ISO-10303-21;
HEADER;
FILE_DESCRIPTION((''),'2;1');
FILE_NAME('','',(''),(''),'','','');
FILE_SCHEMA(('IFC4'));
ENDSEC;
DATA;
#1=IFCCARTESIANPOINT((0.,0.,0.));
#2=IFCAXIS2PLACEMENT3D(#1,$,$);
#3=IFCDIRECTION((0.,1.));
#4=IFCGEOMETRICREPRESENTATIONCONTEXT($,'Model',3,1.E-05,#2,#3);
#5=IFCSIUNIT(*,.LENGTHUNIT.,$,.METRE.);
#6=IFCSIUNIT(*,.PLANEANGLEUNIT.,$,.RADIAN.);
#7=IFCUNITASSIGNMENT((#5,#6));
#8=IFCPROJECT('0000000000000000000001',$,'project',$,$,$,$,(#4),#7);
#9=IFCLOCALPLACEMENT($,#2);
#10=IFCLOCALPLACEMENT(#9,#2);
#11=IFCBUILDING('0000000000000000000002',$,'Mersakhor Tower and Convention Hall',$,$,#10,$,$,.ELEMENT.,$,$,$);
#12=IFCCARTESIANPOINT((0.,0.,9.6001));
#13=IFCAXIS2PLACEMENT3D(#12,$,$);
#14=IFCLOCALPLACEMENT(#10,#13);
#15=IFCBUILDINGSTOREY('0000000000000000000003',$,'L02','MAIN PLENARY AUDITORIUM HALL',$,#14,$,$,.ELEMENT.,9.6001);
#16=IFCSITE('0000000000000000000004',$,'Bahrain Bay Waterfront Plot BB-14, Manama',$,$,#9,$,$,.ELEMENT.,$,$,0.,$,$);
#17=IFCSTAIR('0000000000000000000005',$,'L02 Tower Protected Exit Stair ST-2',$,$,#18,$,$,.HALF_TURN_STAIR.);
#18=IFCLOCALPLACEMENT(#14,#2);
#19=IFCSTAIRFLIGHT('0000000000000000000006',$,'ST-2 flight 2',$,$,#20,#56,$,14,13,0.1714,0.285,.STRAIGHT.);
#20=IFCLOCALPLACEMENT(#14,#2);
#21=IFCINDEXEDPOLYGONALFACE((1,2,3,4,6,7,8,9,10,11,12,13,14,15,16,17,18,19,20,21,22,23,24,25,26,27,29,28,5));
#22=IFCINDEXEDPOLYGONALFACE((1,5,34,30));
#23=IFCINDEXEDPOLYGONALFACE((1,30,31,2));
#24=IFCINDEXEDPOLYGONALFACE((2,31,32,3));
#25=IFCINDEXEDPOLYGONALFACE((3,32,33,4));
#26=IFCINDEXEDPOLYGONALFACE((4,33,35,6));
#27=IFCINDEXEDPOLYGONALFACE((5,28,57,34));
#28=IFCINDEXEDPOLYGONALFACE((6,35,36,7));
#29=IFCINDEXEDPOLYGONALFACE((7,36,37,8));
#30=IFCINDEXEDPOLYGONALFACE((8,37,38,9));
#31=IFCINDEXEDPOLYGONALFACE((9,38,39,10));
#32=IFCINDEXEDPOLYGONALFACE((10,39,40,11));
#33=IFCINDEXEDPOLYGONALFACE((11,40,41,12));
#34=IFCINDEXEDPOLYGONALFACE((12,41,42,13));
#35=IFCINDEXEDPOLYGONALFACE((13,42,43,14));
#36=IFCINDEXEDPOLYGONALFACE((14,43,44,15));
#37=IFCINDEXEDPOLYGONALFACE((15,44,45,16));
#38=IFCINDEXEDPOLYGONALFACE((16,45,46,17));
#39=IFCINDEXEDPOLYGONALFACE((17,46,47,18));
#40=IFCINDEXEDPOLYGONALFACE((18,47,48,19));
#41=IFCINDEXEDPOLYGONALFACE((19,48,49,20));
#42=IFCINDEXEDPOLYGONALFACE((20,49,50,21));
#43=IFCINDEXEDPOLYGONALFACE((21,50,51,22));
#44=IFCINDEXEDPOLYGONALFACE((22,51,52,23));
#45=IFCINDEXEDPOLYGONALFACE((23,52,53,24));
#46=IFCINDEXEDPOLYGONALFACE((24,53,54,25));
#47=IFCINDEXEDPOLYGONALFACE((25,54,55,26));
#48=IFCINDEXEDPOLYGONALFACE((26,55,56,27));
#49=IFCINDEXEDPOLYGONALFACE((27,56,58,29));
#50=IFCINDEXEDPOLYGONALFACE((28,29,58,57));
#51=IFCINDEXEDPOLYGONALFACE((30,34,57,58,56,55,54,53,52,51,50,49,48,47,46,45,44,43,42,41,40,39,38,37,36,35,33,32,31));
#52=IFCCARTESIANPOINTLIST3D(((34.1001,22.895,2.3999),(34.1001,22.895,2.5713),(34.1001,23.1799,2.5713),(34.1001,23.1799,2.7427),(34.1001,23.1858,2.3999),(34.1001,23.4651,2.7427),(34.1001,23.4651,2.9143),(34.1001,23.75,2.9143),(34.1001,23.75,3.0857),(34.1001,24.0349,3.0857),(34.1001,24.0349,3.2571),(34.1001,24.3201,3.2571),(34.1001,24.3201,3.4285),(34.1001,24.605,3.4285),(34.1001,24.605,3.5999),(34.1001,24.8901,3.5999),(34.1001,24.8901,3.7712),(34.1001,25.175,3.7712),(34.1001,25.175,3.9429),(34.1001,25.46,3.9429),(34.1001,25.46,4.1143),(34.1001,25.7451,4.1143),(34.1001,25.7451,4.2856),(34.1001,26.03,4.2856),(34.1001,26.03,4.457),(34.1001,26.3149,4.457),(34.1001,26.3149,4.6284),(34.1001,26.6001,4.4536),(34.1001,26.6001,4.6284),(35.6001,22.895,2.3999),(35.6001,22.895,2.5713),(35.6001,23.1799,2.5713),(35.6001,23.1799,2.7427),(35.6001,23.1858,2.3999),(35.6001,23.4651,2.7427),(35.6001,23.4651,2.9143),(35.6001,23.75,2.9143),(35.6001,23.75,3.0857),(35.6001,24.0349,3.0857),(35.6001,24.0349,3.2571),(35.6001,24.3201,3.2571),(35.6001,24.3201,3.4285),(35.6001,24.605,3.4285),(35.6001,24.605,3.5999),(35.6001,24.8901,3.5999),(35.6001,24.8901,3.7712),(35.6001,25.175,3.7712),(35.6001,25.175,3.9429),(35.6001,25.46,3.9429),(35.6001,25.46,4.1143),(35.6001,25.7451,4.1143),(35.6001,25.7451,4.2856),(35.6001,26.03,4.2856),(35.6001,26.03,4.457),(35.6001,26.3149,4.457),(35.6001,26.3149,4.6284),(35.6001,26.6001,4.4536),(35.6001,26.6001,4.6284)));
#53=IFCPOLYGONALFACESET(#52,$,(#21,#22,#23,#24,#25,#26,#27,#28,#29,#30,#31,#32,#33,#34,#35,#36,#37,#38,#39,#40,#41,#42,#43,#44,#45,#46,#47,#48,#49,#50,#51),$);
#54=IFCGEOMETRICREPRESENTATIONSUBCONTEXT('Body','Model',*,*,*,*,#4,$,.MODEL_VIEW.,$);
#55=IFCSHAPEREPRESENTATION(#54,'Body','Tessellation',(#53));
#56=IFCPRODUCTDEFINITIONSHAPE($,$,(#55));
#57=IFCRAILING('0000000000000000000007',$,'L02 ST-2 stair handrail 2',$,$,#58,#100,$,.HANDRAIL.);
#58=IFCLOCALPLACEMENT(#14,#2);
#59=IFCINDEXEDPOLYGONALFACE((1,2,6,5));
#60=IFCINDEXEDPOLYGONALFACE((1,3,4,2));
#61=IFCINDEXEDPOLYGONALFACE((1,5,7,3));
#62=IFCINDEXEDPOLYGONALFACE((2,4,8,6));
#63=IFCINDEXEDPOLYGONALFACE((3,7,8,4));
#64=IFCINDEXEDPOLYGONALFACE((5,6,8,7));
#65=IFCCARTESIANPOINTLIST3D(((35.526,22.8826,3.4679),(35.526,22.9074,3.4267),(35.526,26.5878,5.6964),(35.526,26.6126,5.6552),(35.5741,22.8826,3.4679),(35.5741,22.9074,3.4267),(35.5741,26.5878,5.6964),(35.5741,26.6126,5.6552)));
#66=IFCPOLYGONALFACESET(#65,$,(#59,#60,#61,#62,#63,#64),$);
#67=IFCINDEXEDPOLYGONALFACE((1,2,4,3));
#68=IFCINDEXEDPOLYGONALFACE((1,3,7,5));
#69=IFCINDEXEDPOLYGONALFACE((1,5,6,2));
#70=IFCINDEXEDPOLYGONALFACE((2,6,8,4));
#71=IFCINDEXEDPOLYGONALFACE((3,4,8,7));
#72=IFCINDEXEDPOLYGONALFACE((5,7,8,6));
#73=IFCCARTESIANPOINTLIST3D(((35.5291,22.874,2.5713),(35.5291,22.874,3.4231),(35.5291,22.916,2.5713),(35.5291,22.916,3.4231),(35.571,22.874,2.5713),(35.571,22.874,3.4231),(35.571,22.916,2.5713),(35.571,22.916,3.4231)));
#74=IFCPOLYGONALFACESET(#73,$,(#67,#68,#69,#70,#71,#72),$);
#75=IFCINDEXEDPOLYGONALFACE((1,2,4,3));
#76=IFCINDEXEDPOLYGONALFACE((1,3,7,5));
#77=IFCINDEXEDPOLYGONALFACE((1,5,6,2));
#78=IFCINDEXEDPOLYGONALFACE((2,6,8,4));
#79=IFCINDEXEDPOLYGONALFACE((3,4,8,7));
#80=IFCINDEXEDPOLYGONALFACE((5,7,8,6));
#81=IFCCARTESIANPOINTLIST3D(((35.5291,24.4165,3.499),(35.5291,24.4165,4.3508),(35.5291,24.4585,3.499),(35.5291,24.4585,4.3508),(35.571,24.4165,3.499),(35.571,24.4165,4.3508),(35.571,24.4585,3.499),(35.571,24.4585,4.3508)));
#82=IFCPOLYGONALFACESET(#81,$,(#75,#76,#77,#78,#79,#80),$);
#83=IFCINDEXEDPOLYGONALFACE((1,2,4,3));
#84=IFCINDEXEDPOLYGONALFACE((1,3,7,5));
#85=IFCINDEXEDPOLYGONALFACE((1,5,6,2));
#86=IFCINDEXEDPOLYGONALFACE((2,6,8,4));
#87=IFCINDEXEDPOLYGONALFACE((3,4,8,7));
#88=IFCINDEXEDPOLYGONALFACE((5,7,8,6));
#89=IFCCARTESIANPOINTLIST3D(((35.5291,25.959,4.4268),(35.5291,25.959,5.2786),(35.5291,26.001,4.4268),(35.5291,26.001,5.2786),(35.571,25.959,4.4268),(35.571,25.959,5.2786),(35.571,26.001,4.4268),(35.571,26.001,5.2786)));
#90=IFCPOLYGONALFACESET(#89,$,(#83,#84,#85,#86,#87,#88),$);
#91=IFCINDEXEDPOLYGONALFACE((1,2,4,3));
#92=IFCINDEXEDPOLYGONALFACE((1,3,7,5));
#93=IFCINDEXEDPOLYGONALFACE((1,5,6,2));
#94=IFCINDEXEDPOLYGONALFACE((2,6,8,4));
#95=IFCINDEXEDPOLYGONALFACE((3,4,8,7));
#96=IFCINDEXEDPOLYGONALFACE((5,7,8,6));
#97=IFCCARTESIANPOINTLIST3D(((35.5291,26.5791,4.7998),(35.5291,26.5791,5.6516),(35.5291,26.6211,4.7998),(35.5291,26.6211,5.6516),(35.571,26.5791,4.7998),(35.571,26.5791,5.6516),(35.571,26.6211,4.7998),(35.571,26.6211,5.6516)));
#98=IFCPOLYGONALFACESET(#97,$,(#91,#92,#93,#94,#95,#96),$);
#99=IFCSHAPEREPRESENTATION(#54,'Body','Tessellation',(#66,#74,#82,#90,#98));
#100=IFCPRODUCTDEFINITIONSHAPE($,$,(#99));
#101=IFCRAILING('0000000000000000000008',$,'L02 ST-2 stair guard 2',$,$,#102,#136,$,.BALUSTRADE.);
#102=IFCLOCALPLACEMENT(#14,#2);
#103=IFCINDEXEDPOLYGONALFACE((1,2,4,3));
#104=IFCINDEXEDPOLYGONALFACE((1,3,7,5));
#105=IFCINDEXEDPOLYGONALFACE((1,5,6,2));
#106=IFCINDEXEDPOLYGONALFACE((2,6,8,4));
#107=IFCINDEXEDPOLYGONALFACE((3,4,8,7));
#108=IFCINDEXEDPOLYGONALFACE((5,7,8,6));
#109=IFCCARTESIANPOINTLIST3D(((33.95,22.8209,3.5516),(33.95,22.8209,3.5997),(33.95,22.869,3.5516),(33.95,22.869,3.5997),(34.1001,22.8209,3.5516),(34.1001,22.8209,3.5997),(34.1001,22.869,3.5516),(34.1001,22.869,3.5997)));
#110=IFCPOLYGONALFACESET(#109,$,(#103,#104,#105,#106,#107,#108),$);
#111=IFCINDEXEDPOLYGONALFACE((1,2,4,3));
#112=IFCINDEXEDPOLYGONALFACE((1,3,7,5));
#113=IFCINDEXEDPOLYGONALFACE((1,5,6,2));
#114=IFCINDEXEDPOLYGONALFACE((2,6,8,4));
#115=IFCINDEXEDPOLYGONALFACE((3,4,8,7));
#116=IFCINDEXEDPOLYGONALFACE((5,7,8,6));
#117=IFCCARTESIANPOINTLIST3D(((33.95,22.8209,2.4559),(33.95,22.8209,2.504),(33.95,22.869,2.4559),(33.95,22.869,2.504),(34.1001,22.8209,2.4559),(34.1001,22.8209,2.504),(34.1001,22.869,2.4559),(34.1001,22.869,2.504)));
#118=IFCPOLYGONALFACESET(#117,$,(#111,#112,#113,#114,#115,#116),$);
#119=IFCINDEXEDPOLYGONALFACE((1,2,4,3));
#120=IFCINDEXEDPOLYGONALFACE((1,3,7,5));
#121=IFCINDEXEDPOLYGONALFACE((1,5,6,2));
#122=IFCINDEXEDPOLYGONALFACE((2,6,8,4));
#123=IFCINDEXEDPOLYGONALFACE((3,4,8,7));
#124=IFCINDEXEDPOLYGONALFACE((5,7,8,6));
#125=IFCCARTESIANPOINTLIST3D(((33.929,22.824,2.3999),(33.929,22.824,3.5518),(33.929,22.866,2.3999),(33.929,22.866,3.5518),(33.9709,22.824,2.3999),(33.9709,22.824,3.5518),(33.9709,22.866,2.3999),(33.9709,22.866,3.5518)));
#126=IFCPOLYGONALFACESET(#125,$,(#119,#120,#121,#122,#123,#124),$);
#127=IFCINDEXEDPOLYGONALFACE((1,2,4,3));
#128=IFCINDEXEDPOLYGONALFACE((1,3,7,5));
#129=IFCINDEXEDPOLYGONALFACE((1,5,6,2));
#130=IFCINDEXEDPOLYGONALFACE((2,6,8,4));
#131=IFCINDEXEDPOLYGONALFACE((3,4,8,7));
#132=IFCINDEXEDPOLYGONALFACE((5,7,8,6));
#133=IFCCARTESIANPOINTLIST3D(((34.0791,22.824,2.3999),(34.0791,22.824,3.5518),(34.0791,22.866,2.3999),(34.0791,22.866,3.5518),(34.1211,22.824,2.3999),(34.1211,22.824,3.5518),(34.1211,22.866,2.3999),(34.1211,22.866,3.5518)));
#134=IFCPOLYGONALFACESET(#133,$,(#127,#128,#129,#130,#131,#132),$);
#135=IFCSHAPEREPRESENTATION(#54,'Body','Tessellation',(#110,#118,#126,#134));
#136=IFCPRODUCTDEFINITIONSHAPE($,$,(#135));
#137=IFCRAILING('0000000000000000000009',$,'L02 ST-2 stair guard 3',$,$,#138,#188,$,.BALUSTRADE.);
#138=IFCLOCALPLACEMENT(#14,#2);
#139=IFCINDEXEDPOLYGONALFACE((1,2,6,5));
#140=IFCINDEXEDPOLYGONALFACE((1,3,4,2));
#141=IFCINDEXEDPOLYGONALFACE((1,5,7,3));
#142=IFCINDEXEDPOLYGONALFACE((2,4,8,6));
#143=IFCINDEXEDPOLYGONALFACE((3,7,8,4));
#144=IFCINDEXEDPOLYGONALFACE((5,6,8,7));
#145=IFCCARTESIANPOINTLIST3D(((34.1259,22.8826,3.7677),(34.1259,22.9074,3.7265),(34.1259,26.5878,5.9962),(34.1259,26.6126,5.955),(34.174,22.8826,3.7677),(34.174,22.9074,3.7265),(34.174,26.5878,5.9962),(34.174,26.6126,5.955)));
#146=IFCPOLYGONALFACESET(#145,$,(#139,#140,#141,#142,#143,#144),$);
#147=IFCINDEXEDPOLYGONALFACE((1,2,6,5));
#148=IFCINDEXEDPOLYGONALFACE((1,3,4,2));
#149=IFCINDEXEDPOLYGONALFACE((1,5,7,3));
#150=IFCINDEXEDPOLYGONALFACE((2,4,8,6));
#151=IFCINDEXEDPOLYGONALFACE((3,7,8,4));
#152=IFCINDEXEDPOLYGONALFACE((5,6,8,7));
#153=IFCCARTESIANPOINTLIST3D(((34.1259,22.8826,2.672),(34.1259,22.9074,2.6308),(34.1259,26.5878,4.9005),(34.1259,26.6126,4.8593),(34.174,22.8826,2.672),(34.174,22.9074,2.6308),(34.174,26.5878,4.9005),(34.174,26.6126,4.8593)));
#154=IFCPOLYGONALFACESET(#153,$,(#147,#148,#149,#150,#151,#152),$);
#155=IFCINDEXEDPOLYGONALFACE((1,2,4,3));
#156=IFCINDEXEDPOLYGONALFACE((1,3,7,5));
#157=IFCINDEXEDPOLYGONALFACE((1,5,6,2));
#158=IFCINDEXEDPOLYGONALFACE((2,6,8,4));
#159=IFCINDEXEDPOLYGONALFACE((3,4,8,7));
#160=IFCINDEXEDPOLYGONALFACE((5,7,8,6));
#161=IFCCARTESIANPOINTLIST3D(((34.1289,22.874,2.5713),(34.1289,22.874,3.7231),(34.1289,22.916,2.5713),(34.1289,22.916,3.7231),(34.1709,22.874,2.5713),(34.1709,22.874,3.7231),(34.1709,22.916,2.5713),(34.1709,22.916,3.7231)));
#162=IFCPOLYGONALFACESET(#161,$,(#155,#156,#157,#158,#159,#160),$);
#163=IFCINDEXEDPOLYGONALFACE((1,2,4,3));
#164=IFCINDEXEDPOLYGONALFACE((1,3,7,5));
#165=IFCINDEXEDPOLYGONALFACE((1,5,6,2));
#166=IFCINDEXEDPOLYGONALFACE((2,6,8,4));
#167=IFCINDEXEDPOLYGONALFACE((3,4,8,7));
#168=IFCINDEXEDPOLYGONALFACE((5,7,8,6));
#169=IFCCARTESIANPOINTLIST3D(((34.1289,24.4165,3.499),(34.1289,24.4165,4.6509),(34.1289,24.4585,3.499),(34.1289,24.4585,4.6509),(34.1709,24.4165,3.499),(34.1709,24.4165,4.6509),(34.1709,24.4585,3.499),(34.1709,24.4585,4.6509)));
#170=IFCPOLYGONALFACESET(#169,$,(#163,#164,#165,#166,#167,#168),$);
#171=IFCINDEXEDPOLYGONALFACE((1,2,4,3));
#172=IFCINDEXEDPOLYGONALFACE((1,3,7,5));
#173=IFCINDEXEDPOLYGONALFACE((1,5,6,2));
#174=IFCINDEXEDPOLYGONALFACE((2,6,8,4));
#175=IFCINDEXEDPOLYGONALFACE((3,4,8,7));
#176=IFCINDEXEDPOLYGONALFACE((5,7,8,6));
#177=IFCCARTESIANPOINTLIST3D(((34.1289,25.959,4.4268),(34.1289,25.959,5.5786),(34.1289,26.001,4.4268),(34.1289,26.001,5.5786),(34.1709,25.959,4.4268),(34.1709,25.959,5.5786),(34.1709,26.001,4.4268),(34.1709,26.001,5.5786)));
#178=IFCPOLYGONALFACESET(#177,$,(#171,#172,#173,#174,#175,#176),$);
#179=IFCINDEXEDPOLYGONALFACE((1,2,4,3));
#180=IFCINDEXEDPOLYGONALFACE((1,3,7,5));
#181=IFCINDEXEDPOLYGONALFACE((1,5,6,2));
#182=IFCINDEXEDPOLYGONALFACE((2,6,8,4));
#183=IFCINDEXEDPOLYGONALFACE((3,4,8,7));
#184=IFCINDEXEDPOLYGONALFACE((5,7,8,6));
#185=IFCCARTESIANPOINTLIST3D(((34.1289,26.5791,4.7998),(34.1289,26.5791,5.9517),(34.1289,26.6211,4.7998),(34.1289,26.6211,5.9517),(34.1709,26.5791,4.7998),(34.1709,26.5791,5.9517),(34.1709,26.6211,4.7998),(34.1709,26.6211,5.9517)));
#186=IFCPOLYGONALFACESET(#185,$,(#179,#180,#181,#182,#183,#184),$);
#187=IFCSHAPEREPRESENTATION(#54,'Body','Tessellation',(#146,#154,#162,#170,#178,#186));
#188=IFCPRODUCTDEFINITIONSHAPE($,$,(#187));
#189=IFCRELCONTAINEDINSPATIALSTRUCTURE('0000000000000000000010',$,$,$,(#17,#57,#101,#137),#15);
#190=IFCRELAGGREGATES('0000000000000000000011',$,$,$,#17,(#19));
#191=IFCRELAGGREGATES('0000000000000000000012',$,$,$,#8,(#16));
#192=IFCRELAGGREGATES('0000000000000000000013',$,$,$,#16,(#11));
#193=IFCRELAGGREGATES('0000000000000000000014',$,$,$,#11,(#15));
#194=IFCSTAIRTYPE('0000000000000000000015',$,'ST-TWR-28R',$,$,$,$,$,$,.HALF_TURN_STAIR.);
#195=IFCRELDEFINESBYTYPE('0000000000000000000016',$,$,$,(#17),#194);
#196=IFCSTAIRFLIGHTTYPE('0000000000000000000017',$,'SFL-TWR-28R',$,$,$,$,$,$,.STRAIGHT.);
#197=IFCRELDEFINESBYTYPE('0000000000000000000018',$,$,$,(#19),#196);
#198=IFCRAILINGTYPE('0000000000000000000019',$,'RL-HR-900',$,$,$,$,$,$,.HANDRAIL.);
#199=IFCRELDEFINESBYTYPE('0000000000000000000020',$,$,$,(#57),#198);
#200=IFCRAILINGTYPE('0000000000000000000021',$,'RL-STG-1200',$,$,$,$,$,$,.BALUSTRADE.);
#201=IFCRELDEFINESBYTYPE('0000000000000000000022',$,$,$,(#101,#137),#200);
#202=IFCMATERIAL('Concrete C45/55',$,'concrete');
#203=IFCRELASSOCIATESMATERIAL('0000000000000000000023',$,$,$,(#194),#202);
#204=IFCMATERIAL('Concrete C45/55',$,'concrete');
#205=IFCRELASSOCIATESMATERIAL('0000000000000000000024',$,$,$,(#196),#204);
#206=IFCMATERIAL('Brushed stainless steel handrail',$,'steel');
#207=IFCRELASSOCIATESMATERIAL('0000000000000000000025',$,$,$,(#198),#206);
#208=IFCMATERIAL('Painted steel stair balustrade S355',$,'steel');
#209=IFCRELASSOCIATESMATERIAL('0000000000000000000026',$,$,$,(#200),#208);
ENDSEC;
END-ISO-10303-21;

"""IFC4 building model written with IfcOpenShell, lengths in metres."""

from ifc_helpers import new_model, si_unit, direction, frame, origin, origin_2d, place, context, subcontext, project, spatial, polyline, rectangle, outline, extrude, material, type_object, element, aggregate, save


model = new_model("IFC4")

# Units and contexts
model_context = context("Model", 3, precision=1e-05, world=origin(), true_north=direction((0.0, 1.0)))
body_context = subcontext(model_context, "Body", "Model", "MODEL_VIEW")
ifc_project = project(units=[si_unit("LENGTHUNIT", "METRE"), si_unit("PLANEANGLEUNIT", "RADIAN")], contexts=[model_context])

# Site, building, storey
site_placement = place(None, origin())
site = spatial("IfcSite", under=ifc_project, at=site_placement, Name="Bahrain Bay Waterfront Plot BB-14, Manama", CompositionType="ELEMENT", RefElevation=0.0)
building_placement = place(site_placement, origin())
building = spatial("IfcBuilding", under=site, at=building_placement, Name="Mersakhor Tower and Convention Hall", CompositionType="ELEMENT")
storey_placement = place(building_placement, frame((0.0, 0.0, 9.6001)))
storey = spatial("IfcBuildingStorey", under=building, at=storey_placement, Name="L02", Description="MAIN PLENARY AUDITORIUM HALL", CompositionType="ELEMENT", Elevation=9.6001)

# Stair, stair flight
ifc_material_1 = material(Name="Concrete C45/55", Category="concrete")
stair_type = type_object("IfcStairType", Name="ST-TWR-28R", PredefinedType="HALF_TURN_STAIR", material=ifc_material_1)
stair_placement = place(storey_placement, origin())
stair = element("IfcStair", 1, at=stair_placement, inside=storey, type_object=stair_type, Name="L02 Tower Protected Exit Stair ST-2", PredefinedType="HALF_TURN_STAIR")
ifc_material_2 = material(Name="Concrete C45/55", Category="concrete")
stair_flight_type = type_object("IfcStairFlightType", Name="SFL-TWR-28R", PredefinedType="STRAIGHT", material=ifc_material_2)
stair_flight_placement = place(storey_placement, frame((34.8501, 22.895, 2.3999), z_axis=(0.0, 0.0, 1.0), x_axis=(0.0, 1.0, 0.0)))
stair_flight = element("IfcStairFlight", 2, at=stair_flight_placement, type_object=stair_flight_type, Name="ST-2 flight 2", NumberOfRisers=14, NumberOfTreads=13, PredefinedType="STRAIGHT", RiserHeight=0.1714, TreadLength=0.285, context=body_context, shape_type="SweptSolid", body=[
    extrude(outline(polyline([(0.0, 0.0), (0.0, 0.1714), (0.2849, 0.1714), (0.2849, 0.3428), (0.5701, 0.3428), (0.5701, 0.5144), (0.855, 0.5144), (0.855, 0.6858), (1.1399, 0.6858), (1.1399, 0.8572), (1.425, 0.8572), (1.425, 1.0286), (1.71, 1.0286), (1.71, 1.2), (1.9951, 1.2), (1.9951, 1.3713), (2.28, 1.3713), (2.28, 1.543), (2.5649, 1.543), (2.5649, 1.7144), (2.8501, 1.7144), (2.8501, 1.8857), (3.135, 1.8857), (3.135, 2.0571), (3.4199, 2.0571), (3.4199, 2.2285), (3.7051, 2.2285), (3.7051, 2.3999), (3.7051, 2.0537), (0.2908, 0.0), (0.0, 0.0)])), frame((0.0, 0.75, 0.0), z_axis=(0.0, -1.0, 0.0), x_axis=(1.0, 0.0, 0.0)), (0.0, 0.0, 1.0), 1.5),
])
aggregate(stair, [stair_flight])

# Railings
ifc_material_3 = material(Name="Brushed stainless steel handrail", Category="steel")
railing_type_1 = type_object("IfcRailingType", Name="RL-HR-900", PredefinedType="HANDRAIL", material=ifc_material_3)
railing_1_placement = place(storey_placement, frame((35.55, 22.895, 2.5713)))
element("IfcRailing", 3, at=railing_1_placement, inside=storey, type_object=railing_type_1, Name="L02 ST-2 stair handrail 2", PredefinedType="HANDRAIL", context=body_context, shape_type="SweptSolid", body=[
    extrude(rectangle(XDim=0.0481, YDim=0.0481, at=origin_2d()), frame((0.0, 0.0, 0.876), z_axis=(0.0, 0.856934, 0.515425), x_axis=(-1.0, 0.0, 0.0)), (0.0, 0.0, 1.0), 4.3237),
    extrude(rectangle(XDim=0.042, YDim=0.042, at=origin_2d()), origin(), (0.0, 0.0, 1.0), 0.8518),
    extrude(rectangle(XDim=0.042, YDim=0.042, at=origin_2d()), frame((0.0, 1.5425, 0.9277)), (0.0, 0.0, 1.0), 0.8518),
    extrude(rectangle(XDim=0.042, YDim=0.042, at=origin_2d()), frame((0.0, 3.085, 1.8555)), (0.0, 0.0, 1.0), 0.8518),
    extrude(rectangle(XDim=0.042, YDim=0.042, at=origin_2d()), frame((0.0, 3.7051, 2.2285)), (0.0, 0.0, 1.0), 0.8518),
])
ifc_material_4 = material(Name="Painted steel stair balustrade S355", Category="steel")
railing_type_2 = type_object("IfcRailingType", Name="RL-STG-1200", PredefinedType="BALUSTRADE", material=ifc_material_4)
railing_2_placement = place(storey_placement, frame((33.95, 22.845, 2.3999)))
element("IfcRailing", 4, at=railing_2_placement, inside=storey, type_object=railing_type_2, Name="L02 ST-2 stair guard 2", PredefinedType="BALUSTRADE", context=body_context, shape_type="SweptSolid", body=[
    extrude(rectangle(XDim=0.0481, YDim=0.0481, at=origin_2d()), frame((0.0, 0.0, 1.1758), z_axis=(1.0, 0.0, 0.0), x_axis=(0.0, 1.0, 0.0)), (0.0, 0.0, 1.0), 0.1501),
    extrude(rectangle(XDim=0.0481, YDim=0.0481, at=origin_2d()), frame((0.0, 0.0, 0.0801), z_axis=(1.0, 0.0, 0.0), x_axis=(0.0, 1.0, 0.0)), (0.0, 0.0, 1.0), 0.1501),
    extrude(rectangle(XDim=0.042, YDim=0.042, at=origin_2d()), origin(), (0.0, 0.0, 1.0), 1.1519),
    extrude(rectangle(XDim=0.042, YDim=0.042, at=origin_2d()), frame((0.1501, 0.0, 0.0)), (0.0, 0.0, 1.0), 1.1519),
])
railing_3_placement = place(storey_placement, frame((34.1499, 22.895, 2.5713)))
element("IfcRailing", 5, at=railing_3_placement, inside=storey, type_object=railing_type_2, Name="L02 ST-2 stair guard 3", PredefinedType="BALUSTRADE", context=body_context, shape_type="SweptSolid", body=[
    extrude(rectangle(XDim=0.0481, YDim=0.0481, at=origin_2d()), frame((0.0, 0.0, 1.1758), z_axis=(0.0, 0.856934, 0.515425), x_axis=(-1.0, 0.0, 0.0)), (0.0, 0.0, 1.0), 4.3237),
    extrude(rectangle(XDim=0.0481, YDim=0.0481, at=origin_2d()), frame((0.0, 0.0, 0.0801), z_axis=(0.0, 0.856934, 0.515425), x_axis=(-1.0, 0.0, 0.0)), (0.0, 0.0, 1.0), 4.3237),
    extrude(rectangle(XDim=0.042, YDim=0.042, at=origin_2d()), origin(), (0.0, 0.0, 1.0), 1.1519),
    extrude(rectangle(XDim=0.042, YDim=0.042, at=origin_2d()), frame((0.0, 1.5425, 0.9277)), (0.0, 0.0, 1.0), 1.1519),
    extrude(rectangle(XDim=0.042, YDim=0.042, at=origin_2d()), frame((0.0, 3.085, 1.8555)), (0.0, 0.0, 1.0), 1.1519),
    extrude(rectangle(XDim=0.042, YDim=0.042, at=origin_2d()), frame((0.0, 3.7051, 2.2285)), (0.0, 0.0, 1.0), 1.1519),
])

save(model, "model.ifc")
